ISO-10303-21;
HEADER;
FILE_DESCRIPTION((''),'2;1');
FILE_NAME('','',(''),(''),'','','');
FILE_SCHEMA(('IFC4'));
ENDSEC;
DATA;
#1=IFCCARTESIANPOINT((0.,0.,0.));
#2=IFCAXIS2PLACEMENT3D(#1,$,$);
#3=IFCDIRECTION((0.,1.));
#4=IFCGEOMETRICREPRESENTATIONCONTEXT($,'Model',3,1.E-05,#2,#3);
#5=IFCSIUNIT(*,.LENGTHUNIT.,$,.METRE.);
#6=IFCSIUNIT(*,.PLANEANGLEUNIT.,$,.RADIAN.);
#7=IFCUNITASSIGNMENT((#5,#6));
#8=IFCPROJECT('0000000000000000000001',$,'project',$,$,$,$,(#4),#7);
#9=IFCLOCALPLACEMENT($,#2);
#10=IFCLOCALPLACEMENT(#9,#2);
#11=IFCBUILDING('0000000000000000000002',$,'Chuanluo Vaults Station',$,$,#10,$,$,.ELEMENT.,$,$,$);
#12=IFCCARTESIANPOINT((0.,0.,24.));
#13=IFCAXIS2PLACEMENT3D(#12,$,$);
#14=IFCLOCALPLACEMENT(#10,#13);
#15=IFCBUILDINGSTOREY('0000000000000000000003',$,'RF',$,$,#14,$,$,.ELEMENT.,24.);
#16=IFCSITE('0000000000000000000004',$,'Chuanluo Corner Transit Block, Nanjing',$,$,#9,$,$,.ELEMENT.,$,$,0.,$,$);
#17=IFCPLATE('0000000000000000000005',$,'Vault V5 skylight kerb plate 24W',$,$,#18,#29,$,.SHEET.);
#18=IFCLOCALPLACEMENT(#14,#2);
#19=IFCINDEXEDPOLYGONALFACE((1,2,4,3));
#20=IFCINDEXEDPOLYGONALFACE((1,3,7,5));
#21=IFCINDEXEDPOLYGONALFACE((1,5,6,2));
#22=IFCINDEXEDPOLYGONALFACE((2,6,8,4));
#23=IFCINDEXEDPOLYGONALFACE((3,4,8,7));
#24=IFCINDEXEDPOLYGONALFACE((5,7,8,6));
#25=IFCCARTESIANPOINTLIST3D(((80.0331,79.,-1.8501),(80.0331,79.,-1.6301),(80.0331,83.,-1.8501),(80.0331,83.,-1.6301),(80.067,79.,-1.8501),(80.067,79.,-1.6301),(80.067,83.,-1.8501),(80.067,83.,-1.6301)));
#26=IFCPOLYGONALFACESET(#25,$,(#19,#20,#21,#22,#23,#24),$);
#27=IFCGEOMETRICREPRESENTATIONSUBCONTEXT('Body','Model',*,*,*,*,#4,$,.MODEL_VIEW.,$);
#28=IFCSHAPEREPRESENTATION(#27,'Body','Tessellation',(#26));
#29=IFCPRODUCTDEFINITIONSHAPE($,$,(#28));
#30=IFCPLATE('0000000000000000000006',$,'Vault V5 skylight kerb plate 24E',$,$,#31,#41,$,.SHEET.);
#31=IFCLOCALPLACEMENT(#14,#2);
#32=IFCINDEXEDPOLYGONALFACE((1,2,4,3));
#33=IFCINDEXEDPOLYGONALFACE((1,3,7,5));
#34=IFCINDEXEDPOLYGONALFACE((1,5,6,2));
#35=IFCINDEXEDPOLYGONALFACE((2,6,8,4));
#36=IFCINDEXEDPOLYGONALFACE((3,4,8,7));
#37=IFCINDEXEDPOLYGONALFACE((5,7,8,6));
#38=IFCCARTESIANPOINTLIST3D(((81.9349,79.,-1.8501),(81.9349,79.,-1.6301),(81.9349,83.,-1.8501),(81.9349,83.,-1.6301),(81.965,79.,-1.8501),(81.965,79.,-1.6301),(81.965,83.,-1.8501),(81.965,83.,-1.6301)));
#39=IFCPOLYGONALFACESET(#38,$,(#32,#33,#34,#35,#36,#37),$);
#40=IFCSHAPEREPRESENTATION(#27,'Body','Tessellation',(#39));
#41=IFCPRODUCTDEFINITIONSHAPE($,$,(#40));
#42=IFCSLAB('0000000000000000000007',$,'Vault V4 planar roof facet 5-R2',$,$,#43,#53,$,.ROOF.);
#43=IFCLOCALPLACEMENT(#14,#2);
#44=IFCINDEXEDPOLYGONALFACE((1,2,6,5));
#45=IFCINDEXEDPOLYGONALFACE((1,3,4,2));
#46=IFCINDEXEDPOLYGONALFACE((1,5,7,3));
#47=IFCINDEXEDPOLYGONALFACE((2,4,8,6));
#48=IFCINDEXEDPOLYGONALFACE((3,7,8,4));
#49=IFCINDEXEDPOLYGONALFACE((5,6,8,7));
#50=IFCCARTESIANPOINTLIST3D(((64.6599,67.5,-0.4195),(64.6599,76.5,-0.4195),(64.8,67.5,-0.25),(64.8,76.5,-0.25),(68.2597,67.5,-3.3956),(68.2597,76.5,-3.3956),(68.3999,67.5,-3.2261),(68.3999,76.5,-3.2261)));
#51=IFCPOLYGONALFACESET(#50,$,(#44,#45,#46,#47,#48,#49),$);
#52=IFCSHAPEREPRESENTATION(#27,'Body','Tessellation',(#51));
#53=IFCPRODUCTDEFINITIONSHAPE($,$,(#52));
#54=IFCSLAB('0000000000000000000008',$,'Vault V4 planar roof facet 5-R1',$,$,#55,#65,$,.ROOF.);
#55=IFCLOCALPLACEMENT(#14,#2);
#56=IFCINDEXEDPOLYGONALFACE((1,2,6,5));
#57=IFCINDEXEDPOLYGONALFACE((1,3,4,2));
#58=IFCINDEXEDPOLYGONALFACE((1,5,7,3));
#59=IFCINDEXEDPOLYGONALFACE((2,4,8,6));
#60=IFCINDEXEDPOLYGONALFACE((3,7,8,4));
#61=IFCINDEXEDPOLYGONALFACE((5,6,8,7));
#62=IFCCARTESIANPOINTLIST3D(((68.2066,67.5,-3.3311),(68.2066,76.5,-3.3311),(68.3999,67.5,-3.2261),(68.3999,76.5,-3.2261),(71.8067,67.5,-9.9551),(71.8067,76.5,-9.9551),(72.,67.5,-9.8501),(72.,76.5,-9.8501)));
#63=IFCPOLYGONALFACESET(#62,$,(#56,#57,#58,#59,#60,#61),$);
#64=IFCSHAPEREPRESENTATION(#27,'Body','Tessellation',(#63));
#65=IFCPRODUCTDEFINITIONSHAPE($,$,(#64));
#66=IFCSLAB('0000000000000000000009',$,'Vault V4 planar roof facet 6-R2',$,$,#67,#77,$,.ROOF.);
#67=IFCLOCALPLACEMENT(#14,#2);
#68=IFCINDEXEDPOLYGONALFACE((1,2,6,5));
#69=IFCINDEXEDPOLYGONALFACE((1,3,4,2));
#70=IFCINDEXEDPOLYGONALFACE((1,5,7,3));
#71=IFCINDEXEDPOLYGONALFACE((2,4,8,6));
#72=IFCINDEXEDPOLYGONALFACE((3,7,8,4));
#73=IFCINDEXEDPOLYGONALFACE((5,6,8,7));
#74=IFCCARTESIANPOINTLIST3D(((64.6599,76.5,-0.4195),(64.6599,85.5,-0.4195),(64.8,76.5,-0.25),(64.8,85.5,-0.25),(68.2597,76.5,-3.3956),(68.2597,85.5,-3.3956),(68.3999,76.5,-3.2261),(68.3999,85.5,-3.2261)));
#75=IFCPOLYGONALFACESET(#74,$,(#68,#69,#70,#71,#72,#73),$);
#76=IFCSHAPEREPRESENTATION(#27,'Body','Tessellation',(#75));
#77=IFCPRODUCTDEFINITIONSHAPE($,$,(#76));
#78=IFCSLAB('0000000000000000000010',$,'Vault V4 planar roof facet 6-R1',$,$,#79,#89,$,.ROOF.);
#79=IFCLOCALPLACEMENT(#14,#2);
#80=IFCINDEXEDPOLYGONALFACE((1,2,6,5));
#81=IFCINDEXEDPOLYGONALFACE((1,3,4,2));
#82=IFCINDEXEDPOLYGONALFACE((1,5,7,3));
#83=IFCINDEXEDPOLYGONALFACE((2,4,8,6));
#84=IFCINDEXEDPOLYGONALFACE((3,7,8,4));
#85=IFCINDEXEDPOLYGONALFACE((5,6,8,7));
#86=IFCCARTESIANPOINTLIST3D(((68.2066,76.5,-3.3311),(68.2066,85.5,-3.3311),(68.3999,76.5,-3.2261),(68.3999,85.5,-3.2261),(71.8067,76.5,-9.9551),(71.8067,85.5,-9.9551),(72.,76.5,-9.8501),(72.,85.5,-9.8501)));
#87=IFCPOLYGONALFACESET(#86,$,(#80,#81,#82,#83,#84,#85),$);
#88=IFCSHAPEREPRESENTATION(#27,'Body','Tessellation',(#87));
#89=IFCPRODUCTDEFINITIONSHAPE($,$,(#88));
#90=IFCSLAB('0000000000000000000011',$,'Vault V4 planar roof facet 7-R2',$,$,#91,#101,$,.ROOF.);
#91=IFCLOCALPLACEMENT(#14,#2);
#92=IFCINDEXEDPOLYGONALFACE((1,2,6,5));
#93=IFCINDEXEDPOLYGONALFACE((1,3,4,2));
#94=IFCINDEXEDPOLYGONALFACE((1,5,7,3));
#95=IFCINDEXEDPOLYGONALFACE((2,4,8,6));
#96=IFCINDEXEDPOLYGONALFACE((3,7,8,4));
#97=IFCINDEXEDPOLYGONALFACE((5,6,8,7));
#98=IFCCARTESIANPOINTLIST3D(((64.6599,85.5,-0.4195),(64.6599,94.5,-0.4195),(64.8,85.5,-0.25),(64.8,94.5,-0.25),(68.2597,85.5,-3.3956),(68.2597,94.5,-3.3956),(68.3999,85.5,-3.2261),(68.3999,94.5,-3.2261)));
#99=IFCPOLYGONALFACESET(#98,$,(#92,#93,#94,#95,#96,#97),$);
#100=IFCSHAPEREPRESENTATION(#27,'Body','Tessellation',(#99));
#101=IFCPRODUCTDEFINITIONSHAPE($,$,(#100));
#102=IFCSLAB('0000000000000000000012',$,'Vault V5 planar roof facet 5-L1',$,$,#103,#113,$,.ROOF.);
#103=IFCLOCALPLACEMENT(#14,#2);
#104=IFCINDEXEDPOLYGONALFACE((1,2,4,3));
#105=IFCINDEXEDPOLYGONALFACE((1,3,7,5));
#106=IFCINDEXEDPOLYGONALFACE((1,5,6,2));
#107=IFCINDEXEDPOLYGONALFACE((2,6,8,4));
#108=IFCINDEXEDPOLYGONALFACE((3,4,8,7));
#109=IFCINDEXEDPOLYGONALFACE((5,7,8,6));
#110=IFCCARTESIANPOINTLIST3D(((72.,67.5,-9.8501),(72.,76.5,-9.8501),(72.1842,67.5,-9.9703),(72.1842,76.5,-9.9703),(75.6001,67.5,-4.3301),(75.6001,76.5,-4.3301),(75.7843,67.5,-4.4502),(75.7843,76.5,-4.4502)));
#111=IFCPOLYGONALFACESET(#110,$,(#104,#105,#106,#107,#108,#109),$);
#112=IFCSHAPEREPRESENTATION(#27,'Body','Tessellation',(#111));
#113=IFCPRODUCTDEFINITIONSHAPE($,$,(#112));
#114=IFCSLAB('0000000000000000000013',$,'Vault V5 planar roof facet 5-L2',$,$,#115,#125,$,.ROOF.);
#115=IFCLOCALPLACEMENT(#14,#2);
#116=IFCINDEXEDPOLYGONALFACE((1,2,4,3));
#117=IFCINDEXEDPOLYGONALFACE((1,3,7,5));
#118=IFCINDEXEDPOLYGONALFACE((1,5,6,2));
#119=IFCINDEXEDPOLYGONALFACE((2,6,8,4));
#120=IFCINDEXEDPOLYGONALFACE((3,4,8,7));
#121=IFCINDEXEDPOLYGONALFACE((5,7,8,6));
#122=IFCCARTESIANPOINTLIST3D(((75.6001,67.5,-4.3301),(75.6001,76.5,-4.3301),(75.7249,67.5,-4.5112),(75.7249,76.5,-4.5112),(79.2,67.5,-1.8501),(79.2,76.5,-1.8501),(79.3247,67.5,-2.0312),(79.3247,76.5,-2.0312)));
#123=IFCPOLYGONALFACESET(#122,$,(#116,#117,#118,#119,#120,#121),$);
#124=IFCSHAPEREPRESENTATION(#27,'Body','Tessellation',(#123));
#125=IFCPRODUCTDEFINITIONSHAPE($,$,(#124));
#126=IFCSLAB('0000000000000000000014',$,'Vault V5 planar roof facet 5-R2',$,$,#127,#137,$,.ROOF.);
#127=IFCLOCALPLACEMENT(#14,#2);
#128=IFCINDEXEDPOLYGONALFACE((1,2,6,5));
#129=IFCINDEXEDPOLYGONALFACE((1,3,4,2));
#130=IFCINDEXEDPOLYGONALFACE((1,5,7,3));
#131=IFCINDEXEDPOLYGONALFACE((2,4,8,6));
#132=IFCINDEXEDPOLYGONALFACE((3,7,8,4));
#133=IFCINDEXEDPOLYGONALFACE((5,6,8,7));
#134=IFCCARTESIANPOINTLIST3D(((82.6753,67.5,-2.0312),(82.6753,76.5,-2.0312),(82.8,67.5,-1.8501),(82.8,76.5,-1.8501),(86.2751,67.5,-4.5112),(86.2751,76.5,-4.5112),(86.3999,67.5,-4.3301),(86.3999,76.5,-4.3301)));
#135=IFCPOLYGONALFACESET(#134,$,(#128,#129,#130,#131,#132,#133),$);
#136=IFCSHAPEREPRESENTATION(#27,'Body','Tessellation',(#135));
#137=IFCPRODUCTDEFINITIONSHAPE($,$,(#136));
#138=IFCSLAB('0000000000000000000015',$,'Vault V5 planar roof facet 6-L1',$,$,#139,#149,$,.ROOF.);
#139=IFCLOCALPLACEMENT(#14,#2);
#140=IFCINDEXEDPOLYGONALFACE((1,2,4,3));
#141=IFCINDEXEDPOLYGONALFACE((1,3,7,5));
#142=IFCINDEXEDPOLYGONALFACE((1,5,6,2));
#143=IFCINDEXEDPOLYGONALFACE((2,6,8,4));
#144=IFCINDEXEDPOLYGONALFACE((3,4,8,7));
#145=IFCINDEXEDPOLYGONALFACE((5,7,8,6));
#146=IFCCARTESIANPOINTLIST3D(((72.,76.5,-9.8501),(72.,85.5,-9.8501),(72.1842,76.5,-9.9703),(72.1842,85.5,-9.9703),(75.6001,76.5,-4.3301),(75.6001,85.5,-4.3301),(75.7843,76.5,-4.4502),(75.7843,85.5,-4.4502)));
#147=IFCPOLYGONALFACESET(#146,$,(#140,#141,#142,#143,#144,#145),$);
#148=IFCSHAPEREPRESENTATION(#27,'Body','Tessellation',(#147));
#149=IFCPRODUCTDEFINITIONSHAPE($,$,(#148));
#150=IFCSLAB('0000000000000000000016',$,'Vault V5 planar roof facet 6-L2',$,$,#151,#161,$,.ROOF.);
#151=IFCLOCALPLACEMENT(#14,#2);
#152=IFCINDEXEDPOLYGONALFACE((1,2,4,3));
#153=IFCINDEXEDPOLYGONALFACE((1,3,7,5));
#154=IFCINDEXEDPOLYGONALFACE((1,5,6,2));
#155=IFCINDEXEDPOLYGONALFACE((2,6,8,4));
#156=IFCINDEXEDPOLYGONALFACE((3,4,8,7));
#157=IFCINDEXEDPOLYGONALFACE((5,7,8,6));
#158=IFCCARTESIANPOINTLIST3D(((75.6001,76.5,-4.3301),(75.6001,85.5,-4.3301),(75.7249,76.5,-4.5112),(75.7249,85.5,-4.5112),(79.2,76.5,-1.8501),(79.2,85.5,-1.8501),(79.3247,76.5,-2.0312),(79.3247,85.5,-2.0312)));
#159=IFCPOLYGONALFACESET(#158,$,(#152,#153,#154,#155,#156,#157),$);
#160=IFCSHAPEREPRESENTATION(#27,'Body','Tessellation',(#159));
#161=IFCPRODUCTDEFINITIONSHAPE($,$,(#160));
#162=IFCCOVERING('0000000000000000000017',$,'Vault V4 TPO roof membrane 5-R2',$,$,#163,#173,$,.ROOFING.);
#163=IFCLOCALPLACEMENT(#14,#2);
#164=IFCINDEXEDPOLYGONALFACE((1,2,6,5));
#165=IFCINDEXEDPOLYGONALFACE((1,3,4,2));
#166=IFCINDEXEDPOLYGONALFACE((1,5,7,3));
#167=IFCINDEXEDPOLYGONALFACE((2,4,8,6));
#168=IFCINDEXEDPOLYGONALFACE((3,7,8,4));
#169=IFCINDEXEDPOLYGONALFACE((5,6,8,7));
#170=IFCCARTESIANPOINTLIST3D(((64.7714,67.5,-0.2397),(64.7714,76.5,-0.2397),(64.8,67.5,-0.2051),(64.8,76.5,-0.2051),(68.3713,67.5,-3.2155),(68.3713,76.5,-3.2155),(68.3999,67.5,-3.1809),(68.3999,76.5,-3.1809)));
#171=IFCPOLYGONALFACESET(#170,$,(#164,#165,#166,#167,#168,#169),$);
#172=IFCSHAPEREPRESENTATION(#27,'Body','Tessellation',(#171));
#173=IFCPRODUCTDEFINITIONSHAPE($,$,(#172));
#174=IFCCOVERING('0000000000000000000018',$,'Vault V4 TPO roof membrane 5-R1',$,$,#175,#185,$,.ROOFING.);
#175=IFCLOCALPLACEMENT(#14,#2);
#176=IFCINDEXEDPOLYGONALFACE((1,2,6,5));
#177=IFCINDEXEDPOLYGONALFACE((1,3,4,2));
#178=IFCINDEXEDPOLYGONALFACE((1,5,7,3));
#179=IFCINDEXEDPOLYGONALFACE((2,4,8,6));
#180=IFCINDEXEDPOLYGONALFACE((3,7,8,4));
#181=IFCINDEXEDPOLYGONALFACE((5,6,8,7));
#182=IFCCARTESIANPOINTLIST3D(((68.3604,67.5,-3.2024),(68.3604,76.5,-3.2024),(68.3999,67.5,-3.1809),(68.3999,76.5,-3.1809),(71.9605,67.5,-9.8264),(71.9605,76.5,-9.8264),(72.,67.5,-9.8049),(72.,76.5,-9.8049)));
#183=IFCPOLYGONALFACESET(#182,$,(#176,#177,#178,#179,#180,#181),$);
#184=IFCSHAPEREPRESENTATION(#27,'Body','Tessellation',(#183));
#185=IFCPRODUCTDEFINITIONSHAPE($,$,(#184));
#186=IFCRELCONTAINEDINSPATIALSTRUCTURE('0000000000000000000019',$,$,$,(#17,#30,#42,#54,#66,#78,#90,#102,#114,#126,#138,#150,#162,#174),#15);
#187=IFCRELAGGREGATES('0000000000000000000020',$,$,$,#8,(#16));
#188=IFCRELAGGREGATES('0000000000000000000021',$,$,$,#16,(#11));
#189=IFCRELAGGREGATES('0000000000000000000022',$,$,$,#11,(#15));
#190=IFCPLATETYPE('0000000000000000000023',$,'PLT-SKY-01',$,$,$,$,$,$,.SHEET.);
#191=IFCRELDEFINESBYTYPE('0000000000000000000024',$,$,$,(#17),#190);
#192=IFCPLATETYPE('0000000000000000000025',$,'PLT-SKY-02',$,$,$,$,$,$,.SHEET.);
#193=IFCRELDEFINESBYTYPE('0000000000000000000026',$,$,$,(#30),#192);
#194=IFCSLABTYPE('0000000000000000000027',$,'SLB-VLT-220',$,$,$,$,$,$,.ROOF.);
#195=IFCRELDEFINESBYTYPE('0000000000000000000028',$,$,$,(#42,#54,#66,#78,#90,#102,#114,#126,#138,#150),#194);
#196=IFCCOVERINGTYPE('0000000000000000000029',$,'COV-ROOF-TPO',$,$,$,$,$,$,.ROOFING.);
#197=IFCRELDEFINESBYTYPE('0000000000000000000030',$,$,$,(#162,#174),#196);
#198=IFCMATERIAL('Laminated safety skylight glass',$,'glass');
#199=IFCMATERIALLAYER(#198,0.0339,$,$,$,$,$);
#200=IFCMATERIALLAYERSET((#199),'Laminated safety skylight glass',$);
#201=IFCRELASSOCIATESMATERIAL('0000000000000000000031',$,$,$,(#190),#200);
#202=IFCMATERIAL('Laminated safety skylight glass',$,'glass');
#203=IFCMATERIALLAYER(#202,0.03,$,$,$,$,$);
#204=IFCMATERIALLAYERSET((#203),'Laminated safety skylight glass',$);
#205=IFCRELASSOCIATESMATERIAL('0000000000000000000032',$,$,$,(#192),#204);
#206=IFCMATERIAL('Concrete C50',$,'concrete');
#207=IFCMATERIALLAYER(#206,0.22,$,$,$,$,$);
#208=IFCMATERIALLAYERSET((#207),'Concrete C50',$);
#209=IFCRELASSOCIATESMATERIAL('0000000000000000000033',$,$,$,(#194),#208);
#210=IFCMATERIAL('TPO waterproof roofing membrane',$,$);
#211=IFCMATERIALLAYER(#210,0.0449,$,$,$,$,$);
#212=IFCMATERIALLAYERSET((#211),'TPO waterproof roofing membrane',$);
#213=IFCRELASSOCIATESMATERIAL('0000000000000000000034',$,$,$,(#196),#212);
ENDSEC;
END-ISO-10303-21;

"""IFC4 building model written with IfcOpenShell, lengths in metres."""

from ifc_helpers import new_model, si_unit, direction, frame, origin, origin_2d, place, context, subcontext, project, spatial, polyline, rectangle, outline, extrude, material, layer, layer_set, type_object, element, save


model = new_model("IFC4")

# Units and contexts
model_context = context("Model", 3, precision=1e-05, world=origin(), true_north=direction((0.0, 1.0)))
body_context = subcontext(model_context, "Body", "Model", "MODEL_VIEW")
ifc_project = project(units=[si_unit("LENGTHUNIT", "METRE"), si_unit("PLANEANGLEUNIT", "RADIAN")], contexts=[model_context])

# Site, building, storey
site_placement = place(None, origin())
site = spatial("IfcSite", under=ifc_project, at=site_placement, Name="Chuanluo Corner Transit Block, Nanjing", CompositionType="ELEMENT", RefElevation=0.0)
building_placement = place(site_placement, origin())
building = spatial("IfcBuilding", under=site, at=building_placement, Name="Chuanluo Vaults Station", CompositionType="ELEMENT")
storey_placement = place(building_placement, frame((0.0, 0.0, 24.0)))
storey = spatial("IfcBuildingStorey", under=building, at=storey_placement, Name="RF", CompositionType="ELEMENT", Elevation=24.0)

# Plates
ifc_material_1 = material(Name="Laminated safety skylight glass", Category="glass")
ifc_layer_1 = layer(ifc_material_1, 0.0339)
ifc_layer_set_1 = layer_set([ifc_layer_1], Name="Laminated safety skylight glass")
plate_type_1 = type_object("IfcPlateType", Name="PLT-SKY-01", PredefinedType="SHEET", material=ifc_layer_set_1)
plate_1_placement = place(storey_placement, frame((80.05, 81.0, -1.8501), z_axis=(0.0, 0.0, 1.0), x_axis=(1.0, 0.0, 0.0)))
element("IfcPlate", 1, at=plate_1_placement, inside=storey, type_object=plate_type_1, Name="Vault V5 skylight kerb plate 24W", PredefinedType="SHEET", context=body_context, shape_type="SweptSolid", body=[
    extrude(rectangle(XDim=0.0339, YDim=4.0, at=origin_2d()), origin(), (0.0, 0.0, 1.0), 0.22),
])
ifc_material_2 = material(Name="Laminated safety skylight glass", Category="glass")
ifc_layer_2 = layer(ifc_material_2, 0.03)
ifc_layer_set_2 = layer_set([ifc_layer_2], Name="Laminated safety skylight glass")
plate_type_2 = type_object("IfcPlateType", Name="PLT-SKY-02", PredefinedType="SHEET", material=ifc_layer_set_2)
plate_2_placement = place(storey_placement, frame((81.95, 81.0, -1.8501), z_axis=(0.0, 0.0, 1.0), x_axis=(1.0, 0.0, 0.0)))
element("IfcPlate", 2, at=plate_2_placement, inside=storey, type_object=plate_type_2, Name="Vault V5 skylight kerb plate 24E", PredefinedType="SHEET", context=body_context, shape_type="SweptSolid", body=[
    extrude(rectangle(XDim=0.03, YDim=4.0, at=origin_2d()), origin(), (0.0, 0.0, 1.0), 0.22),
])

# Slabs
ifc_material_3 = material(Name="Concrete C50", Category="concrete")
ifc_layer_3 = layer(ifc_material_3, 0.22)
ifc_layer_set_3 = layer_set([ifc_layer_3], Name="Concrete C50")
slab_type = type_object("IfcSlabType", Name="SLB-VLT-220", PredefinedType="ROOF", material=ifc_layer_set_3)
slab_1_placement = place(storey_placement, frame((64.8, 67.5, -0.25), z_axis=(0.637172, 0.0, 0.770722), x_axis=(0.770722, 0.0, -0.637172)))
element("IfcSlab", 3, at=slab_1_placement, inside=storey, type_object=slab_type, Name="Vault V4 planar roof facet 5-R2", PredefinedType="ROOF", context=body_context, shape_type="SweptSolid", body=[
    extrude(outline(polyline([(0.0, 0.0), (4.6708, 0.0), (4.6708, 9.0), (0.0, 9.0), (0.0, 0.0)])), origin(), (0.0, 0.0, -1.0), 0.22),
])
slab_2_placement = place(storey_placement, frame((68.3999, 67.5, -3.2261), z_axis=(0.87862, 0.0, 0.477522), x_axis=(0.477522, 0.0, -0.87862)))
element("IfcSlab", 4, at=slab_2_placement, inside=storey, type_object=slab_type, Name="Vault V4 planar roof facet 5-R1", PredefinedType="ROOF", context=body_context, shape_type="SweptSolid", body=[
    extrude(outline(polyline([(0.0, 0.0), (7.5391, 0.0), (7.5391, 9.0), (0.0, 9.0), (0.0, 0.0)])), origin(), (0.0, 0.0, -1.0), 0.22),
])
slab_3_placement = place(storey_placement, frame((64.8, 76.5, -0.25), z_axis=(0.637172, 0.0, 0.770722), x_axis=(0.770722, 0.0, -0.637172)))
element("IfcSlab", 5, at=slab_3_placement, inside=storey, type_object=slab_type, Name="Vault V4 planar roof facet 6-R2", PredefinedType="ROOF", context=body_context, shape_type="SweptSolid", body=[
    extrude(outline(polyline([(0.0, 0.0), (4.6708, 0.0), (4.6708, 9.0), (0.0, 9.0), (0.0, 0.0)])), origin(), (0.0, 0.0, -1.0), 0.22),
])
slab_4_placement = place(storey_placement, frame((68.3999, 76.5, -3.2261), z_axis=(0.87862, 0.0, 0.477522), x_axis=(0.477522, 0.0, -0.87862)))
element("IfcSlab", 6, at=slab_4_placement, inside=storey, type_object=slab_type, Name="Vault V4 planar roof facet 6-R1", PredefinedType="ROOF", context=body_context, shape_type="SweptSolid", body=[
    extrude(outline(polyline([(0.0, 0.0), (7.5391, 0.0), (7.5391, 9.0), (0.0, 9.0), (0.0, 0.0)])), origin(), (0.0, 0.0, -1.0), 0.22),
])
slab_5_placement = place(storey_placement, frame((64.8, 85.5, -0.25), z_axis=(0.637172, 0.0, 0.770722), x_axis=(0.770722, 0.0, -0.637172)))
element("IfcSlab", 7, at=slab_5_placement, inside=storey, type_object=slab_type, Name="Vault V4 planar roof facet 7-R2", PredefinedType="ROOF", context=body_context, shape_type="SweptSolid", body=[
    extrude(outline(polyline([(0.0, 0.0), (4.6708, 0.0), (4.6708, 9.0), (0.0, 9.0), (0.0, 0.0)])), origin(), (0.0, 0.0, -1.0), 0.22),
])
slab_6_placement = place(storey_placement, frame((72.0, 67.5, -9.8501), z_axis=(-0.837605, 0.0, 0.546277), x_axis=(0.546277, 0.0, 0.837605)))
element("IfcSlab", 8, at=slab_6_placement, inside=storey, type_object=slab_type, Name="Vault V5 planar roof facet 5-L1", PredefinedType="ROOF", context=body_context, shape_type="SweptSolid", body=[
    extrude(outline(polyline([(0.0, 0.0), (6.5902, 0.0), (6.5902, 9.0), (0.0, 9.0), (0.0, 0.0)])), origin(), (0.0, 0.0, -1.0), 0.22),
])
for number, where, z_axis, x_axis, name in (
    (9, (75.6001, 67.5, -4.3301), (-0.567318, 0.0, 0.823499), (0.823499, 0.0, 0.567318), "Vault V5 planar roof facet 5-L2"),
    (10, (82.8, 67.5, -1.8501), (0.567318, 0.0, 0.823499), (0.823499, 0.0, -0.567318), "Vault V5 planar roof facet 5-R2"),
):
    element("IfcSlab", number, at=place(storey_placement, frame(where, z_axis=z_axis, x_axis=x_axis)), inside=storey, type_object=slab_type, Name=name, PredefinedType="ROOF", context=body_context, shape_type="SweptSolid", body=[
        extrude(outline(polyline([(0.0, 0.0), (4.3714, 0.0), (4.3714, 9.0), (0.0, 9.0), (0.0, 0.0)])), origin(), (0.0, 0.0, -1.0), 0.22),
    ])
slab_7_placement = place(storey_placement, frame((72.0, 76.5, -9.8501), z_axis=(-0.837605, 0.0, 0.546277), x_axis=(0.546277, 0.0, 0.837605)))
element("IfcSlab", 11, at=slab_7_placement, inside=storey, type_object=slab_type, Name="Vault V5 planar roof facet 6-L1", PredefinedType="ROOF", context=body_context, shape_type="SweptSolid", body=[
    extrude(outline(polyline([(0.0, 0.0), (6.5902, 0.0), (6.5902, 9.0), (0.0, 9.0), (0.0, 0.0)])), origin(), (0.0, 0.0, -1.0), 0.22),
])
slab_8_placement = place(storey_placement, frame((75.6001, 76.5, -4.3301), z_axis=(-0.567318, 0.0, 0.823499), x_axis=(0.823499, 0.0, 0.567318)))
element("IfcSlab", 12, at=slab_8_placement, inside=storey, type_object=slab_type, Name="Vault V5 planar roof facet 6-L2", PredefinedType="ROOF", context=body_context, shape_type="SweptSolid", body=[
    extrude(outline(polyline([(0.0, 0.0), (4.3714, 0.0), (4.3714, 9.0), (0.0, 9.0), (0.0, 0.0)])), origin(), (0.0, 0.0, -1.0), 0.22),
])

# Coverings
ifc_material_4 = material(Name="TPO waterproof roofing membrane")
ifc_layer_4 = layer(ifc_material_4, 0.0449)
ifc_layer_set_4 = layer_set([ifc_layer_4], Name="TPO waterproof roofing membrane")
covering_type = type_object("IfcCoveringType", Name="COV-ROOF-TPO", PredefinedType="ROOFING", material=ifc_layer_set_4)
covering_1_placement = place(storey_placement, frame((64.8, 67.5, -0.2051), z_axis=(0.637141, 0.0, 0.770747), x_axis=(0.770747, 0.0, -0.637141)))
element("IfcCovering", 13, at=covering_1_placement, inside=storey, type_object=covering_type, Name="Vault V4 TPO roof membrane 5-R2", PredefinedType="ROOFING", context=body_context, shape_type="SweptSolid", body=[
    extrude(outline(polyline([(0.0, 0.0), (4.6706, 0.0), (4.6706, 9.0), (0.0, 9.0), (0.0, 0.0)])), origin(), (0.0, 0.0, -1.0), 0.0449),
])
covering_2_placement = place(storey_placement, frame((68.3999, 67.5, -3.1809), z_axis=(0.87862, 0.0, 0.477522), x_axis=(0.477522, 0.0, -0.87862)))
element("IfcCovering", 14, at=covering_2_placement, inside=storey, type_object=covering_type, Name="Vault V4 TPO roof membrane 5-R1", PredefinedType="ROOFING", context=body_context, shape_type="SweptSolid", body=[
    extrude(outline(polyline([(0.0, 0.0), (7.5391, 0.0), (7.5391, 9.0), (0.0, 9.0), (0.0, 0.0)])), origin(), (0.0, 0.0, -1.0), 0.0449),
])

save(model, "model.ifc")
